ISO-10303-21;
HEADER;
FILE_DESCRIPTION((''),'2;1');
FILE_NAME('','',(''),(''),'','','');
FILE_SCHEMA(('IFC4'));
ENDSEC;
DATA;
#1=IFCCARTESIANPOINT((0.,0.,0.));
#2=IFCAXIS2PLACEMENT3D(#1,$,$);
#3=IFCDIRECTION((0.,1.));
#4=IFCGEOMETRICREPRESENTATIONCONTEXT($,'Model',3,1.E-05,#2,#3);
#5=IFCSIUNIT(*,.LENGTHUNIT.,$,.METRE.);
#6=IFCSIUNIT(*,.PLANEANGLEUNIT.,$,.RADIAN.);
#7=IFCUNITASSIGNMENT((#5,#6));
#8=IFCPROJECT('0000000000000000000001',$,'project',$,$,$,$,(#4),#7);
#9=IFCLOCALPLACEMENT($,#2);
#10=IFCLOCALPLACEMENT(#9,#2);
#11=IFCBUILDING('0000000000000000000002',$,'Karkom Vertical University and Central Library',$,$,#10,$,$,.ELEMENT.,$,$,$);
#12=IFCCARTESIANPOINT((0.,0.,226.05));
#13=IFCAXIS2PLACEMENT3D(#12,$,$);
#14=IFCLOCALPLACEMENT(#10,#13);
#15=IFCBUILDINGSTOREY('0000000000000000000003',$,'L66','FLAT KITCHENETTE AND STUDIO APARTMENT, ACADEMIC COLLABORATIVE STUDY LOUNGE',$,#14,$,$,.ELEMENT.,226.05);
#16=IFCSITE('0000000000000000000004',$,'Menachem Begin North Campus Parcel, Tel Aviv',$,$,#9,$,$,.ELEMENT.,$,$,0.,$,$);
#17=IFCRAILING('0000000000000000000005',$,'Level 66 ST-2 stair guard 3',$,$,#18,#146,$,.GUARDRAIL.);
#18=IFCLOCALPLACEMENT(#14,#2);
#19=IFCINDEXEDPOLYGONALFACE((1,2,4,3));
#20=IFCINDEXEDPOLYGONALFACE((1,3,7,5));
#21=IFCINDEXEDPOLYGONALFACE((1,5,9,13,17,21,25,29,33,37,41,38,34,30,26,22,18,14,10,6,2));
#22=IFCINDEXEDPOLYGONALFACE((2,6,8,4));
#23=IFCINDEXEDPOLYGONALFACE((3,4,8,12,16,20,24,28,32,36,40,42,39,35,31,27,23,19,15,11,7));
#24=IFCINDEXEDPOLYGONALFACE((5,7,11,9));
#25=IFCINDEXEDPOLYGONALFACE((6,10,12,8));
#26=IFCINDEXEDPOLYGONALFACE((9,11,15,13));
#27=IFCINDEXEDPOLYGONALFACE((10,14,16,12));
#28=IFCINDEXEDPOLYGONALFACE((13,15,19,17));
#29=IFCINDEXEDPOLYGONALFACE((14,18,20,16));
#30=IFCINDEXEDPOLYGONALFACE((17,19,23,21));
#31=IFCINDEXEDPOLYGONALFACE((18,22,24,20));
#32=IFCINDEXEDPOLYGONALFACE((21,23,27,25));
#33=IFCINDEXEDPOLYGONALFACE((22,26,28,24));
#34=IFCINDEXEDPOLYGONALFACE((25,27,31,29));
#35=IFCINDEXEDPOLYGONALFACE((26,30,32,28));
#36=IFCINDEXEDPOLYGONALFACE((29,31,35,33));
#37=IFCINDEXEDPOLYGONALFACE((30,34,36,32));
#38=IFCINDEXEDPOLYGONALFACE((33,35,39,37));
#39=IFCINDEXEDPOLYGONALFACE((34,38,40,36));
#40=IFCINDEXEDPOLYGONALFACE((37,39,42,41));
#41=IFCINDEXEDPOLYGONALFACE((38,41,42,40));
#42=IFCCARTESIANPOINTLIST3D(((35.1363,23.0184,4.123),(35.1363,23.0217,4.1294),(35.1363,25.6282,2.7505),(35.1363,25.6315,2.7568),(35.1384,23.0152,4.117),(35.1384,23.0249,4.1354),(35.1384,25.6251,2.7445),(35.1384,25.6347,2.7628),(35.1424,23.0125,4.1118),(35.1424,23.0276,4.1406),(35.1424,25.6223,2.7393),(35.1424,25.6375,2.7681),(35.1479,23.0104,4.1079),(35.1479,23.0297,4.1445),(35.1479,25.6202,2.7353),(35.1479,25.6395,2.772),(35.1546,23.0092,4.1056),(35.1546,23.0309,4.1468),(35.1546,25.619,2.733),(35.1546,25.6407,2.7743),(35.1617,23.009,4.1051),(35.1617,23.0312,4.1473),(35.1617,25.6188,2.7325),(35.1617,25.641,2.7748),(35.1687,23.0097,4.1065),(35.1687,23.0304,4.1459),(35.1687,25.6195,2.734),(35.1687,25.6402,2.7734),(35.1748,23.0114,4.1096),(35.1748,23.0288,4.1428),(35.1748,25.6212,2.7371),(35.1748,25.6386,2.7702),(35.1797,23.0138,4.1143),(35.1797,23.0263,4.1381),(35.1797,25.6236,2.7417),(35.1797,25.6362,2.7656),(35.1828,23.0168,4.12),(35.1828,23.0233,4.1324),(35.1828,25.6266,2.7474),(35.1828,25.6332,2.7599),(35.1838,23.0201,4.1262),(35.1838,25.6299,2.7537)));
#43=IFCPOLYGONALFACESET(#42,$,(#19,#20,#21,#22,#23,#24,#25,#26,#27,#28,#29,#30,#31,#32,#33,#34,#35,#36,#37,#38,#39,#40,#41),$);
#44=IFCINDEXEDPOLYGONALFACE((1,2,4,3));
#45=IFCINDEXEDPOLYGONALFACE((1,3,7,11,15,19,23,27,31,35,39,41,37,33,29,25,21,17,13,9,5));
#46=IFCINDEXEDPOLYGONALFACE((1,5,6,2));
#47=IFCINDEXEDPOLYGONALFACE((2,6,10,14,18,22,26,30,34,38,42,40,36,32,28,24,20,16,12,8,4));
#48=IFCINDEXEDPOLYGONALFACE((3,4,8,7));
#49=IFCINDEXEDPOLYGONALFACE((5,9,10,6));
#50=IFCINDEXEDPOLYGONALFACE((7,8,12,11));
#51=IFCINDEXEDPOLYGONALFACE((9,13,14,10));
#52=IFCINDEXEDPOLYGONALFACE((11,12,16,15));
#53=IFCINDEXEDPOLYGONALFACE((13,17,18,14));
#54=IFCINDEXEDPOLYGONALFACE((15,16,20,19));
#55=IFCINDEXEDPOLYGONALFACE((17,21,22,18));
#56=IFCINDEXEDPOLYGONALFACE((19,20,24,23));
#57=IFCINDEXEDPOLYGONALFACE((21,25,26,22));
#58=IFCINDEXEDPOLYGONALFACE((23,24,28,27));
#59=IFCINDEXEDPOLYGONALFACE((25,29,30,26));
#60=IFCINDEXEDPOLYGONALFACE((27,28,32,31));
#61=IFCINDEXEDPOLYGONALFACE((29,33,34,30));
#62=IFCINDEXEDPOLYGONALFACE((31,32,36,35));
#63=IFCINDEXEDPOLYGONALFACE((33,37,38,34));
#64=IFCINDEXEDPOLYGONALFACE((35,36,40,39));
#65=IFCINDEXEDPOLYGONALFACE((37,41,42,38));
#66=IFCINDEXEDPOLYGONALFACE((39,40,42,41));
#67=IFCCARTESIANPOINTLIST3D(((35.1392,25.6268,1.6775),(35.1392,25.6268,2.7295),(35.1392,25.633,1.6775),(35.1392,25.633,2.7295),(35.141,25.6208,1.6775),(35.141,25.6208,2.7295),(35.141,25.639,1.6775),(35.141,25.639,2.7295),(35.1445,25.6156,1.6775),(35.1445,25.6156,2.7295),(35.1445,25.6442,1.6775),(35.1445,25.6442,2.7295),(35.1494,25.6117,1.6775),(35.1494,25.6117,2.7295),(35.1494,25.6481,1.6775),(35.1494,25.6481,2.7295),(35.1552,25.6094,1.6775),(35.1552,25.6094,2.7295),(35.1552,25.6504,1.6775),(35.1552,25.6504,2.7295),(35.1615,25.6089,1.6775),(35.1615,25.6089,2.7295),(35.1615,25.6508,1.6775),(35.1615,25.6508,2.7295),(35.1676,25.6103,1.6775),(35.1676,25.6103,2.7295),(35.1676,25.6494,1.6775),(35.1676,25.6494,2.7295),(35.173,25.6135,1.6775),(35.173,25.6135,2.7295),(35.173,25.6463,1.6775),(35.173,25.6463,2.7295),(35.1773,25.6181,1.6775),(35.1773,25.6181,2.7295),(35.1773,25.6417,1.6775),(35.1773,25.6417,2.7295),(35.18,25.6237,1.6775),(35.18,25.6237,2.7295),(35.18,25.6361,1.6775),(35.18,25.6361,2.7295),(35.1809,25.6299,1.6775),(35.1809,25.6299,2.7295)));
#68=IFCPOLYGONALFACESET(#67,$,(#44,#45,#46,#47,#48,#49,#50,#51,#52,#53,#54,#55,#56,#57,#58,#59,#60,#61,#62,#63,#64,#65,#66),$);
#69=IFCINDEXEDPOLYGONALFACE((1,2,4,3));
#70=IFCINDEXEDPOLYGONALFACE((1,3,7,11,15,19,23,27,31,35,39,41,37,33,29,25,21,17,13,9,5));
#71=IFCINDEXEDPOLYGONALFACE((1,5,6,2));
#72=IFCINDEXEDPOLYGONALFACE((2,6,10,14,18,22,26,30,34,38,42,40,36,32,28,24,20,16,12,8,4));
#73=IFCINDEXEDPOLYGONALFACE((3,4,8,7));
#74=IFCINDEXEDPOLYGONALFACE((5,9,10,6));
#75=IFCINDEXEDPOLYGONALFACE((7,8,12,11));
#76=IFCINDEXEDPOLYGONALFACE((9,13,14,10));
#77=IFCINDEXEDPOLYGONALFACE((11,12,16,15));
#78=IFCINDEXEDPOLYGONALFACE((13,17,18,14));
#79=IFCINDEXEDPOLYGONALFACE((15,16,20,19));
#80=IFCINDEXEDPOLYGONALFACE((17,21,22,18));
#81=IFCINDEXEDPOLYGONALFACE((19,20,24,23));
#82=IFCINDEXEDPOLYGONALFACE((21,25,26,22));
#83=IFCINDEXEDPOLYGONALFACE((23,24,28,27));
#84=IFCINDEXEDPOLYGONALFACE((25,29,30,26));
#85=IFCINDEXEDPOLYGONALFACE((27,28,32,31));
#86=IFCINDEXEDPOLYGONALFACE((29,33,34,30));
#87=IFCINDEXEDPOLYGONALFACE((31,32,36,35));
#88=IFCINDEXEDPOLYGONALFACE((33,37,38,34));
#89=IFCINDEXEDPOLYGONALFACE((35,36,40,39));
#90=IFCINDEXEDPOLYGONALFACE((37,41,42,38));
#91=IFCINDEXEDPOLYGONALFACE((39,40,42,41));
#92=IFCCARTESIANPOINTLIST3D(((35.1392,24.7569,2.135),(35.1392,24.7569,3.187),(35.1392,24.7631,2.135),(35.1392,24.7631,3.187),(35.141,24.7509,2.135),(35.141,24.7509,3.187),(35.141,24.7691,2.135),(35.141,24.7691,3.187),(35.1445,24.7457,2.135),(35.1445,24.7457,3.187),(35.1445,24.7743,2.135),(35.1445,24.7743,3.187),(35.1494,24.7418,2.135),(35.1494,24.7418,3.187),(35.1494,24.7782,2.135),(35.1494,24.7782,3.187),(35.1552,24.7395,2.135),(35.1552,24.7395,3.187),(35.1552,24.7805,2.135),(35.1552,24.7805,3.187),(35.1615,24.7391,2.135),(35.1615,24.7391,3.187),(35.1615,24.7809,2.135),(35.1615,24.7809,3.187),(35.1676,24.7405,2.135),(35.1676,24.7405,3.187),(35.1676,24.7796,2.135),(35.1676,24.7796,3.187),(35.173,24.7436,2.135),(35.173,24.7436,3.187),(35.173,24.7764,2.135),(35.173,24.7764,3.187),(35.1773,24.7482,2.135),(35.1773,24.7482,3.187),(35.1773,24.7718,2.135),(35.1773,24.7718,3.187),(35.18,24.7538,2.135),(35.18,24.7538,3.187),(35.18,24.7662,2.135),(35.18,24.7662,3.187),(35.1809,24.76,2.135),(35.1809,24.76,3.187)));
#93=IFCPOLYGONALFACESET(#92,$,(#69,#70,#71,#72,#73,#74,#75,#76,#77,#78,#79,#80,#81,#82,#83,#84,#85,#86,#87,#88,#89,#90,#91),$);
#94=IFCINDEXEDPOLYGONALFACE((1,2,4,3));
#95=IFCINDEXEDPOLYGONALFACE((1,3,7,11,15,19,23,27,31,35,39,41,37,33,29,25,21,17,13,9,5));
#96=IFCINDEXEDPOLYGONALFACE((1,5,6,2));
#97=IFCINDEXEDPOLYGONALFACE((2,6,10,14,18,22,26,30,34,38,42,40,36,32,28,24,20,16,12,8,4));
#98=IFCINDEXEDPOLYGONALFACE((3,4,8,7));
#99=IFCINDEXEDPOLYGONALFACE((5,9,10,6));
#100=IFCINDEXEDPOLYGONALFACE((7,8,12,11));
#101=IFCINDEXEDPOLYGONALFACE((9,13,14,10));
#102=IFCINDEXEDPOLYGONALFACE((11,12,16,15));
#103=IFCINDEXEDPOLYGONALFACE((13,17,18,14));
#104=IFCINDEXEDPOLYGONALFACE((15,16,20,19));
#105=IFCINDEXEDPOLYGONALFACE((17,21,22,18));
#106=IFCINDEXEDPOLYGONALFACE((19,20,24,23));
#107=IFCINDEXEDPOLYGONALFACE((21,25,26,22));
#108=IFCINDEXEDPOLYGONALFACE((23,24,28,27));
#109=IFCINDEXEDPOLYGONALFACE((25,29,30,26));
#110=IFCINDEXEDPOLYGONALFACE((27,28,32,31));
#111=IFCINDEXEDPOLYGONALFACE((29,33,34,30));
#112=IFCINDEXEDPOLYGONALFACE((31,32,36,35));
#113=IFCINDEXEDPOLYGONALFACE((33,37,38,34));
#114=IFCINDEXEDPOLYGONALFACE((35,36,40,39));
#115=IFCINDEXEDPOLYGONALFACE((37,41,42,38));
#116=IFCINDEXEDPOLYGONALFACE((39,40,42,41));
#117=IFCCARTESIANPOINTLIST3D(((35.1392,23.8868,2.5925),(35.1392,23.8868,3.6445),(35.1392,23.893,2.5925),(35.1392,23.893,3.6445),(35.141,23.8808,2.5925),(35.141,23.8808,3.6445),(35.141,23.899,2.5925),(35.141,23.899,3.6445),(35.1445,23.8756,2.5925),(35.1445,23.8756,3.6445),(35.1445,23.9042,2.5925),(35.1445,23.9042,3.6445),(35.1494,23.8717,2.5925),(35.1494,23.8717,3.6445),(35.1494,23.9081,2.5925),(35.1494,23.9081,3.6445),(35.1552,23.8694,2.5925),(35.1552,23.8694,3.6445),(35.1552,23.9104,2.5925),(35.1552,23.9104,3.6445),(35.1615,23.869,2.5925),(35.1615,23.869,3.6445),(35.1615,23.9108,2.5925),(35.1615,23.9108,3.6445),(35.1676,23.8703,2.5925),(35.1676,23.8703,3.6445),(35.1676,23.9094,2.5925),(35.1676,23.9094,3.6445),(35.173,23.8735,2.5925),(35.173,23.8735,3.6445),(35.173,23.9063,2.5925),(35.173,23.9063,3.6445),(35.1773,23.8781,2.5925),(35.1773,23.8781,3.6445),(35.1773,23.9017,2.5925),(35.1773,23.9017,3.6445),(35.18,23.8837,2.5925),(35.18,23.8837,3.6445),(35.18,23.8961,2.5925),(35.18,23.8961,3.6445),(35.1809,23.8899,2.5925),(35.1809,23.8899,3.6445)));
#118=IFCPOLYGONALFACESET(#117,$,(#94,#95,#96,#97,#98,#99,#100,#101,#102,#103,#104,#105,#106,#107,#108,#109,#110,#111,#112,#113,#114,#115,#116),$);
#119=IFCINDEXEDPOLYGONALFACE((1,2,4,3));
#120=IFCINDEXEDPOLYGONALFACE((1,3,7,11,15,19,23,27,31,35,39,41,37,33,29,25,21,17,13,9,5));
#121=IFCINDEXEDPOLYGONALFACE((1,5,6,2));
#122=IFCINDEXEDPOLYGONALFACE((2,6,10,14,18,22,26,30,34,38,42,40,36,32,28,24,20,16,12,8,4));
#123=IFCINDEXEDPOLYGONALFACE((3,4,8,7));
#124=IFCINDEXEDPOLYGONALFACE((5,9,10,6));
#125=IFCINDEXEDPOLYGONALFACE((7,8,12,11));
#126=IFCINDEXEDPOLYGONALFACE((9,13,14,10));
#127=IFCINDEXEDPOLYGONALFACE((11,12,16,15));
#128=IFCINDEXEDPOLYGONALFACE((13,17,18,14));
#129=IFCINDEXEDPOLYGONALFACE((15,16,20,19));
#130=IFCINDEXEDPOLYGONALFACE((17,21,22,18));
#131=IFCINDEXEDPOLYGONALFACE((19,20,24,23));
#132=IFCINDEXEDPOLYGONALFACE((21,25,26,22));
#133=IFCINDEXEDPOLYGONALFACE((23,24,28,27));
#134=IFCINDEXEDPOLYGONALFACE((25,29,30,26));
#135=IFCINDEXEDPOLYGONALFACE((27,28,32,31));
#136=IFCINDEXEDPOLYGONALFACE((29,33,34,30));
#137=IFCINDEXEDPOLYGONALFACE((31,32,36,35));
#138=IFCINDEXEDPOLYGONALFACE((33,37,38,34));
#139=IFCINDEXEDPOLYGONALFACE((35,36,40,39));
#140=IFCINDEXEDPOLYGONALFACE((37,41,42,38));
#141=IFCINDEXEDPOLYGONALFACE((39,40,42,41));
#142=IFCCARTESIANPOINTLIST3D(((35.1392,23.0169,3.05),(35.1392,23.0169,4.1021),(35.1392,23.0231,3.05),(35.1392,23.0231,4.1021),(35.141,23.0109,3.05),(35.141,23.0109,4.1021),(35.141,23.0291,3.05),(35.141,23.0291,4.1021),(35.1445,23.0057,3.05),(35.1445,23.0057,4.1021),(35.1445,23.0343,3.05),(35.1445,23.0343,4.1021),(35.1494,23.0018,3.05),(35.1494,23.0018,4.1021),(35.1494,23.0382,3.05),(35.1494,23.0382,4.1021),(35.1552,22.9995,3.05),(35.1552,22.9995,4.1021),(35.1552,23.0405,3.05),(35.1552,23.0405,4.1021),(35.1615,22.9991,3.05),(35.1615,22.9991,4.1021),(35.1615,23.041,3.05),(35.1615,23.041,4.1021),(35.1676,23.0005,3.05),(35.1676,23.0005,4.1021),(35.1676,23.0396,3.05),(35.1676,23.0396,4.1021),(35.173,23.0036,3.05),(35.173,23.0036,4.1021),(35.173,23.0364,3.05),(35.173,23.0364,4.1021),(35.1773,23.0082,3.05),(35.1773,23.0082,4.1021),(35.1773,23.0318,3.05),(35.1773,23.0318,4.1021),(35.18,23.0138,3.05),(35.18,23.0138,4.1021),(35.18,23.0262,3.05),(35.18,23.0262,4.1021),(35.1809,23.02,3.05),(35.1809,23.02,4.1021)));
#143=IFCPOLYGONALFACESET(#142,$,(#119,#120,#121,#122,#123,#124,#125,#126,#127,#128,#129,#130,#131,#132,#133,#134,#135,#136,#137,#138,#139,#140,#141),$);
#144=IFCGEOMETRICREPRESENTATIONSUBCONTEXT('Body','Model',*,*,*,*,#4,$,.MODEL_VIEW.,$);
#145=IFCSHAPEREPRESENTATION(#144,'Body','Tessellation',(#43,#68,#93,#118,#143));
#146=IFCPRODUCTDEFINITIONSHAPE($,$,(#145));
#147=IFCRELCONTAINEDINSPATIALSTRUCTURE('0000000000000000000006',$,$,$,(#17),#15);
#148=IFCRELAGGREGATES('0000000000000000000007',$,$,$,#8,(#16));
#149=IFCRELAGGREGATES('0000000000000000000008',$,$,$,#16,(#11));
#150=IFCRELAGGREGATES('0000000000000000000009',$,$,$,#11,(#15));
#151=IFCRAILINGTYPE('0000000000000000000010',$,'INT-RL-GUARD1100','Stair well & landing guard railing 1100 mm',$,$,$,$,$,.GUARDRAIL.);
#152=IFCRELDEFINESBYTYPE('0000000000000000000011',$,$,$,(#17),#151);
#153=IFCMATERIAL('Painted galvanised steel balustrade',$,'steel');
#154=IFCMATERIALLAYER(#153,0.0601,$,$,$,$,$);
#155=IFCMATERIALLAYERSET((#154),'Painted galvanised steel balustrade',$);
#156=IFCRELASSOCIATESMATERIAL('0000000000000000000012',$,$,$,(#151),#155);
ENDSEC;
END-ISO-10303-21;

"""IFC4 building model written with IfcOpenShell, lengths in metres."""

from ifc_helpers import new_model, si_unit, direction, frame, origin, origin_2d, place, context, subcontext, project, spatial, circle, extrude, material, layer, layer_set, type_object, element, save


model = new_model("IFC4")

# Units and contexts
model_context = context("Model", 3, precision=1e-05, world=origin(), true_north=direction((0.0, 1.0)))
body_context = subcontext(model_context, "Body", "Model", "MODEL_VIEW")
ifc_project = project(units=[si_unit("LENGTHUNIT", "METRE"), si_unit("PLANEANGLEUNIT", "RADIAN")], contexts=[model_context])

# Site, building, storey
site_placement = place(None, origin())
site = spatial("IfcSite", under=ifc_project, at=site_placement, Name="Menachem Begin North Campus Parcel, Tel Aviv", CompositionType="ELEMENT", RefElevation=0.0)
building_placement = place(site_placement, origin())
building = spatial("IfcBuilding", under=site, at=building_placement, Name="Karkom Vertical University and Central Library", CompositionType="ELEMENT")
storey_placement = place(building_placement, frame((0.0, 0.0, 226.05)))
storey = spatial("IfcBuildingStorey", under=building, at=storey_placement, Name="L66", Description="FLAT KITCHENETTE AND STUDIO APARTMENT, ACADEMIC COLLABORATIVE STUDY LOUNGE", CompositionType="ELEMENT", Elevation=226.05)

# Railing
ifc_material_1 = material(Name="Painted galvanised steel balustrade", Category="steel")
ifc_layer_1 = layer(ifc_material_1, 0.0601)
ifc_layer_set_1 = layer_set([ifc_layer_1], Name="Painted galvanised steel balustrade")
railing_type_1 = type_object("IfcRailingType", Name="INT-RL-GUARD1100", Description="Stair well & landing guard railing 1100 mm", PredefinedType="GUARDRAIL", material=ifc_layer_set_1)
railing_1_placement = place(storey_placement, frame((35.1599, 25.6299, 1.6775)))
element("IfcRailing", 1, at=railing_1_placement, inside=storey, type_object=railing_type_1, Name="Level 66 ST-2 stair guard 3", PredefinedType="GUARDRAIL", context=body_context, shape_type="SweptSolid", body=[
    extrude(circle(Radius=0.0239, at=origin_2d()), frame((0.0, 0.0, 1.0762), z_axis=(0.0, -0.885065, 0.465467), x_axis=(1.0, 0.0, 0.0)), (0.0, 0.0, 1.0), 2.9487),
    extrude(circle(Radius=0.021, at=origin_2d()), origin(), (0.0, 0.0, 1.0), 1.052),
    extrude(circle(Radius=0.021, at=origin_2d()), frame((0.0, -0.8699, 0.4575)), (0.0, 0.0, 1.0), 1.052),
    extrude(circle(Radius=0.021, at=origin_2d()), frame((0.0, -1.74, 0.915)), (0.0, 0.0, 1.0), 1.052),
    extrude(circle(Radius=0.021, at=origin_2d()), frame((0.0, -2.6099, 1.3726)), (0.0, 0.0, 1.0), 1.052),
])

save(model, "model.ifc")
